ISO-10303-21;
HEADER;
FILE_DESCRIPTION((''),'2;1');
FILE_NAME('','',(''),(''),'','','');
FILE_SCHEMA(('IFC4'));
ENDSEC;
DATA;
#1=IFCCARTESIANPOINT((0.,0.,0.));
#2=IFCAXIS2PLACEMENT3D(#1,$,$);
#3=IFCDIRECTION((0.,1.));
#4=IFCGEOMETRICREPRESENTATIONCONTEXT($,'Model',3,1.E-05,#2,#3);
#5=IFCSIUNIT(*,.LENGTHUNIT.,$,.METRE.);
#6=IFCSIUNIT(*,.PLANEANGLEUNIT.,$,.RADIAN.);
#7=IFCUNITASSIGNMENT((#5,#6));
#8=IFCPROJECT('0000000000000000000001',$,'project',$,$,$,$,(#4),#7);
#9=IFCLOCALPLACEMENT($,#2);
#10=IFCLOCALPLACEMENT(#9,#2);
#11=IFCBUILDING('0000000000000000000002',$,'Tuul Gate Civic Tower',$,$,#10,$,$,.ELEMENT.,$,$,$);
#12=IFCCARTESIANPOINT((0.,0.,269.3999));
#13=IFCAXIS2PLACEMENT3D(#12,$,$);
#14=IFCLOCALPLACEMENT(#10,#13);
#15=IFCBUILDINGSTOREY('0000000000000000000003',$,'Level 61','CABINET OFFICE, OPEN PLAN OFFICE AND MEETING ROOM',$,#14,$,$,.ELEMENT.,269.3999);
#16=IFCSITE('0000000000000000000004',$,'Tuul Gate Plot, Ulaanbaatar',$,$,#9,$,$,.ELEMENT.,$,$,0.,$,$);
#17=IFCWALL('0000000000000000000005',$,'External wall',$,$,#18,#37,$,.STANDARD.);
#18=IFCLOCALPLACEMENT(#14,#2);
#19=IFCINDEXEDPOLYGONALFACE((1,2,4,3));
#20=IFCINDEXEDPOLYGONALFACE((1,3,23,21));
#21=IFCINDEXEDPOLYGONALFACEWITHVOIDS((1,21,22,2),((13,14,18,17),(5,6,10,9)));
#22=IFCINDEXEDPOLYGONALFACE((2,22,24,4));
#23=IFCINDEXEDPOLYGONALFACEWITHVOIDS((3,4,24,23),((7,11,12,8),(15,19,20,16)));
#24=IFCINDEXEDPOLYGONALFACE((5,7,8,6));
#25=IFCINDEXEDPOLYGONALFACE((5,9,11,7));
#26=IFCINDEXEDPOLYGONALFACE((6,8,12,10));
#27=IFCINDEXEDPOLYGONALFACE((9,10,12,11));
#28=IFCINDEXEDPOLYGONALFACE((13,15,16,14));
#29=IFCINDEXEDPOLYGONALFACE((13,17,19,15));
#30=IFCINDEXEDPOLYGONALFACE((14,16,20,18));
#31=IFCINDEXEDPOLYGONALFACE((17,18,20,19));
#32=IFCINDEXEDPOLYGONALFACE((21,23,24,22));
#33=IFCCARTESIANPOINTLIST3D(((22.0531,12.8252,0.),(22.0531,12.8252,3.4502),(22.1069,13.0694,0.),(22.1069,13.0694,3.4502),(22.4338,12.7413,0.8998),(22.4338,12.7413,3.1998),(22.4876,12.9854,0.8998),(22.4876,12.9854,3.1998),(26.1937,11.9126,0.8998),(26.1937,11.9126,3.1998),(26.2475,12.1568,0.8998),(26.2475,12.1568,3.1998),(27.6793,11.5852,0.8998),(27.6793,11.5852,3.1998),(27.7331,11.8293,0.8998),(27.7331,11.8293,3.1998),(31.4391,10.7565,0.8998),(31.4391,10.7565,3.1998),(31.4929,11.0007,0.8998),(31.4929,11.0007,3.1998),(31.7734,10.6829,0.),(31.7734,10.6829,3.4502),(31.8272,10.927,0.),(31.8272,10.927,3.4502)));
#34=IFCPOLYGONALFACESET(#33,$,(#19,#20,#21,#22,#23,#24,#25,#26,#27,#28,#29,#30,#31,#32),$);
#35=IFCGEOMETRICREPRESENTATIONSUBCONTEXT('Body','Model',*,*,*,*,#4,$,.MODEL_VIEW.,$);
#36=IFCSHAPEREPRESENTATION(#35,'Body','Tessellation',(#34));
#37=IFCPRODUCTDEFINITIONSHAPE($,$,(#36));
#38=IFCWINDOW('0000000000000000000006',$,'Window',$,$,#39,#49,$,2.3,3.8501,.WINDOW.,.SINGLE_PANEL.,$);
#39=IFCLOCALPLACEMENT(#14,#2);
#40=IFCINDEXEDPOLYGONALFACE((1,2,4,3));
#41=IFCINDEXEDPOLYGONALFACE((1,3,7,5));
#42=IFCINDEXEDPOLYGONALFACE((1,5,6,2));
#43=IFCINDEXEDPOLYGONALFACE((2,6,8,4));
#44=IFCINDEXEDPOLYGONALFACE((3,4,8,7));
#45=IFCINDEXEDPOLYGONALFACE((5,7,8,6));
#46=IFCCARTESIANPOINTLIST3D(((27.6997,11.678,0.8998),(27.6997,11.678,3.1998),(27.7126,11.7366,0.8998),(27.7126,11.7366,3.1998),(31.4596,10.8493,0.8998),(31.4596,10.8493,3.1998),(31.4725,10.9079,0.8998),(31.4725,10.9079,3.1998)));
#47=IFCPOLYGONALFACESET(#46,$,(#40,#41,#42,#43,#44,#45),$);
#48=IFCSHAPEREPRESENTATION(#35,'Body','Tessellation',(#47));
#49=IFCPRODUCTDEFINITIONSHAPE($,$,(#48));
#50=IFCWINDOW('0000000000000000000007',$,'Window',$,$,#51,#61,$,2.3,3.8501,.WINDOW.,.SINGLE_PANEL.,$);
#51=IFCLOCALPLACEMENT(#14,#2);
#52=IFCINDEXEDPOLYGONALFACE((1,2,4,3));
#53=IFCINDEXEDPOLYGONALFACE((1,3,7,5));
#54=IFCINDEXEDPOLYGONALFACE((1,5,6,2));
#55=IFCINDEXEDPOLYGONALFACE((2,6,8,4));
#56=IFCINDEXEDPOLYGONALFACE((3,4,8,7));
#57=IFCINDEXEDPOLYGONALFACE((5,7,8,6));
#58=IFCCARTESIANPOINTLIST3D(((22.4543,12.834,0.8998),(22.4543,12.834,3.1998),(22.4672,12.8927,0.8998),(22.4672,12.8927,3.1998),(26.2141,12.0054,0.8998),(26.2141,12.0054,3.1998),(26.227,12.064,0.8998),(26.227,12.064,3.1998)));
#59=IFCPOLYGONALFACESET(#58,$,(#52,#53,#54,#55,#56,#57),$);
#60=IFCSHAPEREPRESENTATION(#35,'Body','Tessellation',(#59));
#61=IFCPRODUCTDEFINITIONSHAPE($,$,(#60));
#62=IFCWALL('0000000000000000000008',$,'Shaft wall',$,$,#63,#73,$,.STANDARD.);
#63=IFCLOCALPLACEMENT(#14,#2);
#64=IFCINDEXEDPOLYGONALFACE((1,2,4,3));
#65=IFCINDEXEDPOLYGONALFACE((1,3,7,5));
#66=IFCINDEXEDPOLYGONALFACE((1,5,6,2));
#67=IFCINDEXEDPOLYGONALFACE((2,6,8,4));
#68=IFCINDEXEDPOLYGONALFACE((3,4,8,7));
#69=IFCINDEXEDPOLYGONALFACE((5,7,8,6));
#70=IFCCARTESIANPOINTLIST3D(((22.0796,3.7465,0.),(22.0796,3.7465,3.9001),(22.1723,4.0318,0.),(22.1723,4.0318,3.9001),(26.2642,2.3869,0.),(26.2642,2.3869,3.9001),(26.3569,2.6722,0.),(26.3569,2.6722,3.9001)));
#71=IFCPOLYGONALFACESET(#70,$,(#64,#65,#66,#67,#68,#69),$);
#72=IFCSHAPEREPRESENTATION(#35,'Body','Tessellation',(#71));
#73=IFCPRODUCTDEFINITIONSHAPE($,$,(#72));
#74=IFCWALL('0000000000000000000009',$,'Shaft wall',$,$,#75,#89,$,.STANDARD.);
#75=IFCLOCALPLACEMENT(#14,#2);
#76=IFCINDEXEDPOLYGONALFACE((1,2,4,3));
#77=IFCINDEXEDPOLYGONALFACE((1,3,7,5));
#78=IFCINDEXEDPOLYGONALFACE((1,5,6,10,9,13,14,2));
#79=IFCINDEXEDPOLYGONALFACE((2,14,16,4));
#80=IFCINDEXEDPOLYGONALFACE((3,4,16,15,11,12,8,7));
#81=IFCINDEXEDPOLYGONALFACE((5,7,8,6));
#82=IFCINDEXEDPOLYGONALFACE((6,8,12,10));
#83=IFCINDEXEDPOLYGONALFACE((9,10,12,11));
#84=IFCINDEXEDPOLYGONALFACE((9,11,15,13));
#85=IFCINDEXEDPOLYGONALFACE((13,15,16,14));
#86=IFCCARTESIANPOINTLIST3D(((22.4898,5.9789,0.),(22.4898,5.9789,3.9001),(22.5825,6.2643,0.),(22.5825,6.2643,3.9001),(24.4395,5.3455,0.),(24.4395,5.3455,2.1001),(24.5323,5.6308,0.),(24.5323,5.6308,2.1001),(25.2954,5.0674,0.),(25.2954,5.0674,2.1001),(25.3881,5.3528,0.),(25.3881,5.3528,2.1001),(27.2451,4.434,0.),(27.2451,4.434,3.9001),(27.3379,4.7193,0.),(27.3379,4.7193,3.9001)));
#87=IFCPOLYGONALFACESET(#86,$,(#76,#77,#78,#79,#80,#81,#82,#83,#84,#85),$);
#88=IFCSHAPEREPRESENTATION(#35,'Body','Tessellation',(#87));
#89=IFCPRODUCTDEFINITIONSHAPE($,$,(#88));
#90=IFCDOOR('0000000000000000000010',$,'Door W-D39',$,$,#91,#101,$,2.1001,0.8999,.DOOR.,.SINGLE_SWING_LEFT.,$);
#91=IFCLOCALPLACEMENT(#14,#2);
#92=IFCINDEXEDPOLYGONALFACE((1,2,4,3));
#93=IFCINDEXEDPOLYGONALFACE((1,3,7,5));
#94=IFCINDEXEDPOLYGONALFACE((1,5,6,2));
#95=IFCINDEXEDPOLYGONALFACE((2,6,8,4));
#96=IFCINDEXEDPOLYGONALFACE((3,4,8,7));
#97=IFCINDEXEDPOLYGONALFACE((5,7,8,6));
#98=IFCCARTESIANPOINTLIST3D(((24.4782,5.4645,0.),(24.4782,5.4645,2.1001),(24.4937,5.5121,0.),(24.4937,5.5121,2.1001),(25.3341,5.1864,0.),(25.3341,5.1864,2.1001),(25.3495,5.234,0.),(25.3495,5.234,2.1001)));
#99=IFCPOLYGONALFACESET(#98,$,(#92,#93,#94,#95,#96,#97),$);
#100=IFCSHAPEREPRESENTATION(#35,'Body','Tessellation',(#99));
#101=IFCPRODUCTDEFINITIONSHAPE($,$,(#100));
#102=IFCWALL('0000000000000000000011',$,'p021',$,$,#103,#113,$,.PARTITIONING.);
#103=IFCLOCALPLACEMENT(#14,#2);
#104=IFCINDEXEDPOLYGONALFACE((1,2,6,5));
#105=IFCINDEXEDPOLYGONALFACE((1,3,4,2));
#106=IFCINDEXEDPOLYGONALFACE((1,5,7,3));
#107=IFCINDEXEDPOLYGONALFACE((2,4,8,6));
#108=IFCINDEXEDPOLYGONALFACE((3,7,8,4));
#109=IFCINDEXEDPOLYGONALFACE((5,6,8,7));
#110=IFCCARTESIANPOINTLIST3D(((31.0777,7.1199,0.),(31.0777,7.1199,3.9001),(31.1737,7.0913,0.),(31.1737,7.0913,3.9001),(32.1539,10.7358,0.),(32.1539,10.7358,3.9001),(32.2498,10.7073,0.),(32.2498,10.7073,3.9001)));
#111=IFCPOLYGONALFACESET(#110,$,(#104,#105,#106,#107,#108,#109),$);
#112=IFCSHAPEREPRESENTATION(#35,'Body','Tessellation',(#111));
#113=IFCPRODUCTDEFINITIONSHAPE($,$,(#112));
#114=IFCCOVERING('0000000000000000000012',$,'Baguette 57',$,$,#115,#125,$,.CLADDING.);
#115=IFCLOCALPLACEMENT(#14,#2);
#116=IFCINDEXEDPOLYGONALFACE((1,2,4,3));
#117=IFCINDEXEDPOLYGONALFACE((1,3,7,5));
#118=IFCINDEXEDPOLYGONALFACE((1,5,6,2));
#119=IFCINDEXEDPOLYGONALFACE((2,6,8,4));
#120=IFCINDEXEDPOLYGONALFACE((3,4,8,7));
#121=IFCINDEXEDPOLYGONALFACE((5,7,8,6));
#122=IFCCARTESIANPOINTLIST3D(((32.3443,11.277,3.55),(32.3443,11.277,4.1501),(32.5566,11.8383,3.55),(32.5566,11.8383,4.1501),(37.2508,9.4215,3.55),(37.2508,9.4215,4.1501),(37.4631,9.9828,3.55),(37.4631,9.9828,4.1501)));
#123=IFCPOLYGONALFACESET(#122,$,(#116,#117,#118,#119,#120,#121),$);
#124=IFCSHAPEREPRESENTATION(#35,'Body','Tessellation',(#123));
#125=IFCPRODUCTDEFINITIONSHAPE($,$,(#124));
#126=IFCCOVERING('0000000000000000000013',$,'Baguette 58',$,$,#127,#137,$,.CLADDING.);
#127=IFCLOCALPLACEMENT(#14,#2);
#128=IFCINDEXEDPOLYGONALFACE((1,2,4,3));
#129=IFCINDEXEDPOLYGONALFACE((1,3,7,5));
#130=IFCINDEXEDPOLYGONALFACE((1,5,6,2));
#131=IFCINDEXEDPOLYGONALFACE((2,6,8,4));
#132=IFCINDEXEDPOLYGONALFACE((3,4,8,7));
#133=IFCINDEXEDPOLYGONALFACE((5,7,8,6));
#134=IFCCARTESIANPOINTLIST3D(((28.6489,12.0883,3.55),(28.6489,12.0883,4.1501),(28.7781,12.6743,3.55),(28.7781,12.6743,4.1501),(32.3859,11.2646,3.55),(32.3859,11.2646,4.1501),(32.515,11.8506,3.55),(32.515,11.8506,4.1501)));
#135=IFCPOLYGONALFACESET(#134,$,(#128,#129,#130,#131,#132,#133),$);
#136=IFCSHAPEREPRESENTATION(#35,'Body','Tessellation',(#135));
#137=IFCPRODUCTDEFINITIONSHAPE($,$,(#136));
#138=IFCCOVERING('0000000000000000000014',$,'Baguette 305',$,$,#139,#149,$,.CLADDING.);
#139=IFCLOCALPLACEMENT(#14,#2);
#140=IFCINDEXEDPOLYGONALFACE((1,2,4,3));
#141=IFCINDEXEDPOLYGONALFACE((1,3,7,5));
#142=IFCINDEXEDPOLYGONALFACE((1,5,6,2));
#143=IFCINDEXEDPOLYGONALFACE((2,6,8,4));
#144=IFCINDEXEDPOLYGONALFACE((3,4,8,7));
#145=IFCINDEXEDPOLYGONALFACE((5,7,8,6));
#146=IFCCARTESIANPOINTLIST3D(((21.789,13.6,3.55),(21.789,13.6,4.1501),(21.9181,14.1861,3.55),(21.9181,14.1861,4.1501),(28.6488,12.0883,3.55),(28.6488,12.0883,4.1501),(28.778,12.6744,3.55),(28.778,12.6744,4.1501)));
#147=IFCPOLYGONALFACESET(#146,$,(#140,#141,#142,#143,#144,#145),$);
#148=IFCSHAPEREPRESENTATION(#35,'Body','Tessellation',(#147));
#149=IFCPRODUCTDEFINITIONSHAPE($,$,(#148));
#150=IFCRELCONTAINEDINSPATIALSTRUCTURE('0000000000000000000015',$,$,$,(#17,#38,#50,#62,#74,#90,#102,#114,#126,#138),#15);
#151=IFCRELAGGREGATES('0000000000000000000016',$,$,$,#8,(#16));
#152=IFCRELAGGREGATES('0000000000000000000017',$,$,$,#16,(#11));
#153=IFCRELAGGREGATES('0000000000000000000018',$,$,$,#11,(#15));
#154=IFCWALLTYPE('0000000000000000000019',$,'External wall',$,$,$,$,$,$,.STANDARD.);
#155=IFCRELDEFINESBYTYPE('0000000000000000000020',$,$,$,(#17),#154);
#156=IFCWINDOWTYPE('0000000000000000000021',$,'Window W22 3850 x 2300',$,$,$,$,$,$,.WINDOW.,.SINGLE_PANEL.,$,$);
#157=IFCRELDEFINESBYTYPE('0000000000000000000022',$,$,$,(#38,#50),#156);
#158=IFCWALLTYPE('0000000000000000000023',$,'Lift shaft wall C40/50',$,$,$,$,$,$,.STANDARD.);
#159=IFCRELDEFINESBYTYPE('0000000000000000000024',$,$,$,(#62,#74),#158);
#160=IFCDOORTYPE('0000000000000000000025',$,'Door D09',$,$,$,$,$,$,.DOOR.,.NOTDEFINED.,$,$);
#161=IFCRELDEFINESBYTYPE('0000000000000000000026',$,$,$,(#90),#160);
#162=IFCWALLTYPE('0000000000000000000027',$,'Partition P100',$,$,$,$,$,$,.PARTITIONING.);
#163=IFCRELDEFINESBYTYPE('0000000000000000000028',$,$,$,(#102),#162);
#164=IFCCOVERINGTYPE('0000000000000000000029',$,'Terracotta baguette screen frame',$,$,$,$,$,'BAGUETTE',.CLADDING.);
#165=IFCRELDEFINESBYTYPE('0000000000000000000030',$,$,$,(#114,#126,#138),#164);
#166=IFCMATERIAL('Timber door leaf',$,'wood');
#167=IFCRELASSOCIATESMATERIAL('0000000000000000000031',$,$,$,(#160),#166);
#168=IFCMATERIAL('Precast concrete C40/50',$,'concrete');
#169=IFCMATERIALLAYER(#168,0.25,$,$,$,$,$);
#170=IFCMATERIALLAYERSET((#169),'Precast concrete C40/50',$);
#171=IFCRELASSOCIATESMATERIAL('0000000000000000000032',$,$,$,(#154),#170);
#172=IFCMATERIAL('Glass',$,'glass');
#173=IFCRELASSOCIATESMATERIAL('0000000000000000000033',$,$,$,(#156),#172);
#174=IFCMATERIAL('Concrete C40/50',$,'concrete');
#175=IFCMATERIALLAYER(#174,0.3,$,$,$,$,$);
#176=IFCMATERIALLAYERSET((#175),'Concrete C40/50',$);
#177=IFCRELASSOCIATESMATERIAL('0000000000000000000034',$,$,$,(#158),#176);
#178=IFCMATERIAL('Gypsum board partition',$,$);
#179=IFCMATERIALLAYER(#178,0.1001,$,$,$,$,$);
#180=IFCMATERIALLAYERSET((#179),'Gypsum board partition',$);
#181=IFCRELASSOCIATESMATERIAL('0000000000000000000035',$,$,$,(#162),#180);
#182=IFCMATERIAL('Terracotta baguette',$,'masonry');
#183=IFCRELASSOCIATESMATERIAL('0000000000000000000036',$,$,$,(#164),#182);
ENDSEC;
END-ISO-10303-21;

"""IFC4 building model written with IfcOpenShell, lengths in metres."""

from ifc_helpers import new_model, si_unit, direction, frame, frame_2d, origin, origin_2d, place, context, subcontext, project, spatial, rectangle, extrude, material, layer, layer_set, material_profile, profile_set, type_object, element, fill, save


model = new_model("IFC4")

# Units and contexts
model_context = context("Model", 3, precision=1e-05, world=origin(), true_north=direction((0.0, 1.0)))
body_context = subcontext(model_context, "Body", "Model", "MODEL_VIEW")
ifc_project = project(units=[si_unit("LENGTHUNIT", "METRE"), si_unit("PLANEANGLEUNIT", "RADIAN")], contexts=[model_context])

# Site, building, storey
site_placement = place(None, origin())
site = spatial("IfcSite", under=ifc_project, at=site_placement, Name="Tuul Gate Plot, Ulaanbaatar", CompositionType="ELEMENT", RefElevation=0.0)
building_placement = place(site_placement, origin())
building = spatial("IfcBuilding", under=site, at=building_placement, Name="Tuul Gate Civic Tower", CompositionType="ELEMENT")
storey_placement = place(building_placement, frame((0.0, 0.0, 269.3999)))
storey = spatial("IfcBuildingStorey", under=building, at=storey_placement, Name="Level 61", Description="CABINET OFFICE, OPEN PLAN OFFICE AND MEETING ROOM", CompositionType="ELEMENT", Elevation=269.3999)

# Shared definitions
ifc_material_1 = material(Name="Timber door leaf", Category="wood")
door_type_1 = type_object("IfcDoorType", Name="Door D09", OperationType="NOTDEFINED", PredefinedType="DOOR", material=ifc_material_1)

# Wall, openings, windows
ifc_material_2 = material(Name="Precast concrete C40/50", Category="concrete")
ifc_layer_1 = layer(ifc_material_2, 0.25)
ifc_layer_set_1 = layer_set([ifc_layer_1], Name="Precast concrete C40/50")
wall_type_1 = type_object("IfcWallType", Name="External wall", PredefinedType="STANDARD", material=ifc_layer_set_1)
wall_1_placement = place(storey_placement, frame((31.8003, 10.8049, 0.0), z_axis=(0.0, 0.0, 1.0), x_axis=(-0.976562, 0.215234, 0.0)))
wall_1 = element("IfcWall", 1, at=wall_1_placement, inside=storey, type_object=wall_type_1, Name="External wall", PredefinedType="STANDARD", context=body_context, shape_type="SweptSolid", body=[
    extrude(rectangle(XDim=9.9536, YDim=0.25, at=frame_2d((4.9768, 0.0))), origin(), (0.0, 0.0, 1.0), 3.4502),
])
opening_1_placement = place(wall_1_placement, frame((0.3423, 0.0, 0.8999)))
opening_1 = element("IfcOpeningElement", 2, at=opening_1_placement, cuts=wall_1, PredefinedType="OPENING", context=body_context, shape_type="SweptSolid", body=[
    extrude(rectangle(XDim=3.8501, YDim=2.3, at=frame_2d((1.925, 1.1499))), frame((0.0, 0.135, 0.0), z_axis=(0.0, -1.0, 0.0), x_axis=(1.0, 0.0, 0.0)), (0.0, 0.0, 1.0), 0.27),
])
opening_2_placement = place(wall_1_placement, frame((5.7136, 0.0, 0.8999)))
opening_2 = element("IfcOpeningElement", 3, at=opening_2_placement, cuts=wall_1, PredefinedType="OPENING", context=body_context, shape_type="SweptSolid", body=[
    extrude(rectangle(XDim=3.8501, YDim=2.3, at=frame_2d((1.925, 1.1499))), frame((0.0, 0.135, 0.0), z_axis=(0.0, -1.0, 0.0), x_axis=(1.0, 0.0, 0.0)), (0.0, 0.0, 1.0), 0.27),
])
ifc_material_3 = material(Name="Glass", Category="glass")
window_type = type_object("IfcWindowType", Name="Window W22 3850 x 2300", PartitioningType="SINGLE_PANEL", PredefinedType="WINDOW", material=ifc_material_3)
window_1_placement = place(opening_1_placement, origin())
window_1 = element("IfcWindow", 4, at=window_1_placement, inside=storey, type_object=window_type, Name="Window", OverallHeight=2.3, OverallWidth=3.8501, PartitioningType="SINGLE_PANEL", PredefinedType="WINDOW", context=body_context, shape_type="SweptSolid", body=[
    extrude(rectangle(XDim=3.8501, YDim=2.3, at=frame_2d((1.925, 1.1499))), frame((0.0, 0.03, 0.0), z_axis=(0.0, -1.0, 0.0), x_axis=(1.0, 0.0, 0.0)), (0.0, 0.0, 1.0), 0.0601),
])
fill(opening_1, window_1)
window_2_placement = place(opening_2_placement, origin())
window_2 = element("IfcWindow", 5, at=window_2_placement, inside=storey, type_object=window_type, Name="Window", OverallHeight=2.3, OverallWidth=3.8501, PartitioningType="SINGLE_PANEL", PredefinedType="WINDOW", context=body_context, shape_type="SweptSolid", body=[
    extrude(rectangle(XDim=3.8501, YDim=2.3, at=frame_2d((1.925, 1.1499))), frame((0.0, 0.03, 0.0), z_axis=(0.0, -1.0, 0.0), x_axis=(1.0, 0.0, 0.0)), (0.0, 0.0, 1.0), 0.0601),
])
fill(opening_2, window_2)

# Wall
ifc_material_4 = material(Name="Concrete C40/50", Category="concrete")
ifc_layer_2 = layer(ifc_material_4, 0.3)
ifc_layer_set_2 = layer_set([ifc_layer_2], Name="Concrete C40/50")
wall_type_2 = type_object("IfcWallType", Name="Lift shaft wall C40/50", PredefinedType="STANDARD", material=ifc_layer_set_2)
wall_2_placement = place(storey_placement, frame((26.3105, 2.5295, 0.0), z_axis=(0.0, 0.0, 1.0), x_axis=(-0.951059, 0.309011, 0.0)))
element("IfcWall", 6, at=wall_2_placement, inside=storey, type_object=wall_type_2, Name="Shaft wall", PredefinedType="STANDARD", context=body_context, shape_type="SweptSolid", body=[
    extrude(rectangle(XDim=4.3999, YDim=0.3, at=frame_2d((2.2, 0.0))), origin(), (0.0, 0.0, 1.0), 3.9001),
])

# Wall, opening, door
wall_3_placement = place(storey_placement, frame((27.2915, 4.5767, 0.0), z_axis=(0.0, 0.0, 1.0), x_axis=(-0.951068, 0.308982, 0.0)))
wall_3 = element("IfcWall", 7, at=wall_3_placement, inside=storey, type_object=wall_type_2, Name="Shaft wall", PredefinedType="STANDARD", context=body_context, shape_type="SweptSolid", body=[
    extrude(rectangle(XDim=5.0, YDim=0.3, at=frame_2d((2.5, 0.0))), origin(), (0.0, 0.0, 1.0), 3.9001),
])
opening_3_placement = place(wall_3_placement, frame((2.05, 0.0, 0.0)))
opening_3 = element("IfcOpeningElement", 8, at=opening_3_placement, cuts=wall_3, PredefinedType="OPENING", context=body_context, shape_type="SweptSolid", body=[
    extrude(rectangle(XDim=0.8999, YDim=2.1001, at=frame_2d((0.45, 1.05))), frame((0.0, 0.1602, 0.0), z_axis=(0.0, -1.0, 0.0), x_axis=(1.0, 0.0, 0.0)), (0.0, 0.0, 1.0), 0.3201),
])
door_1_placement = place(opening_3_placement, origin())
door_1 = element("IfcDoor", 9, at=door_1_placement, inside=storey, type_object=door_type_1, Name="Door W-D39", OperationType="SINGLE_SWING_LEFT", OverallHeight=2.1001, OverallWidth=0.8999, PredefinedType="DOOR", context=body_context, shape_type="SweptSolid", body=[
    extrude(rectangle(XDim=0.8999, YDim=2.1001, at=frame_2d((0.45, 1.05))), frame((0.0, 0.0249, 0.0), z_axis=(0.0, -1.0, 0.0), x_axis=(1.0, 0.0, 0.0)), (0.0, 0.0, 1.0), 0.05),
])
fill(opening_3, door_1)

# Wall
ifc_material_5 = material(Name="Gypsum board partition")
ifc_layer_3 = layer(ifc_material_5, 0.1001)
ifc_layer_set_3 = layer_set([ifc_layer_3], Name="Gypsum board partition")
wall_type_3 = type_object("IfcWallType", Name="Partition P100", PredefinedType="PARTITIONING", material=ifc_layer_set_3)
wall_4_placement = place(storey_placement, frame((31.1257, 7.1057, 0.0), z_axis=(0.0, 0.0, 1.0), x_axis=(0.285251, 0.958453, 0.0)))
element("IfcWall", 10, at=wall_4_placement, inside=storey, type_object=wall_type_3, Name="p021", PredefinedType="PARTITIONING", context=body_context, shape_type="SweptSolid", body=[
    extrude(rectangle(XDim=3.7727, YDim=0.1001, at=frame_2d((1.8862, 0.0))), origin(), (0.0, 0.0, 1.0), 3.9001),
])

# Coverings
ifc_material_6 = material(Name="Terracotta baguette", Category="masonry")
ifc_material_profile_1 = material_profile(ifc_material_6, rectangle(XDim=0.6001, YDim=0.6001, at=origin_2d()), Name="Terracotta baguette screen frame")
ifc_profile_set_1 = profile_set([ifc_material_profile_1], Name="Terracotta baguette")
covering_type = type_object("IfcCoveringType", Name="Terracotta baguette screen frame", ElementType="BAGUETTE", PredefinedType="CLADDING", material=ifc_profile_set_1)
covering_1_placement = place(storey_placement, frame((37.3569, 9.7021, 3.8501), z_axis=(-0.935352, 0.353718, 0.0), x_axis=(-0.353718, -0.935352, 0.0)))
element("IfcCovering", 11, at=covering_1_placement, inside=storey, type_object=covering_type, Name="Baguette 57", PredefinedType="CLADDING", context=body_context, shape_type="SweptSolid", body=[
    extrude(rectangle(XDim=0.6001, YDim=0.6001, at=origin_2d()), origin(), (0.0, 0.0, 1.0), 5.2456),
])
covering_2_placement = place(storey_placement, frame((32.4504, 11.5576, 3.8501), z_axis=(-0.976558, 0.215255, 0.0), x_axis=(-0.215255, -0.976558, 0.0)))
element("IfcCovering", 12, at=covering_2_placement, inside=storey, type_object=covering_type, Name="Baguette 58", PredefinedType="CLADDING", context=body_context, shape_type="SweptSolid", body=[
    extrude(rectangle(XDim=0.6001, YDim=0.6001, at=origin_2d()), origin(), (0.0, 0.0, 1.0), 3.8267),
])
covering_3_placement = place(storey_placement, frame((28.7134, 12.3813, 3.8501), z_axis=(-0.976568, 0.215208, 0.0), x_axis=(-0.215208, -0.976568, 0.0)))
element("IfcCovering", 13, at=covering_3_placement, inside=storey, type_object=covering_type, Name="Baguette 305", PredefinedType="CLADDING", context=body_context, shape_type="SweptSolid", body=[
    extrude(rectangle(XDim=0.6001, YDim=0.6001, at=origin_2d()), origin(), (0.0, 0.0, 1.0), 7.0244),
])

save(model, "model.ifc")
